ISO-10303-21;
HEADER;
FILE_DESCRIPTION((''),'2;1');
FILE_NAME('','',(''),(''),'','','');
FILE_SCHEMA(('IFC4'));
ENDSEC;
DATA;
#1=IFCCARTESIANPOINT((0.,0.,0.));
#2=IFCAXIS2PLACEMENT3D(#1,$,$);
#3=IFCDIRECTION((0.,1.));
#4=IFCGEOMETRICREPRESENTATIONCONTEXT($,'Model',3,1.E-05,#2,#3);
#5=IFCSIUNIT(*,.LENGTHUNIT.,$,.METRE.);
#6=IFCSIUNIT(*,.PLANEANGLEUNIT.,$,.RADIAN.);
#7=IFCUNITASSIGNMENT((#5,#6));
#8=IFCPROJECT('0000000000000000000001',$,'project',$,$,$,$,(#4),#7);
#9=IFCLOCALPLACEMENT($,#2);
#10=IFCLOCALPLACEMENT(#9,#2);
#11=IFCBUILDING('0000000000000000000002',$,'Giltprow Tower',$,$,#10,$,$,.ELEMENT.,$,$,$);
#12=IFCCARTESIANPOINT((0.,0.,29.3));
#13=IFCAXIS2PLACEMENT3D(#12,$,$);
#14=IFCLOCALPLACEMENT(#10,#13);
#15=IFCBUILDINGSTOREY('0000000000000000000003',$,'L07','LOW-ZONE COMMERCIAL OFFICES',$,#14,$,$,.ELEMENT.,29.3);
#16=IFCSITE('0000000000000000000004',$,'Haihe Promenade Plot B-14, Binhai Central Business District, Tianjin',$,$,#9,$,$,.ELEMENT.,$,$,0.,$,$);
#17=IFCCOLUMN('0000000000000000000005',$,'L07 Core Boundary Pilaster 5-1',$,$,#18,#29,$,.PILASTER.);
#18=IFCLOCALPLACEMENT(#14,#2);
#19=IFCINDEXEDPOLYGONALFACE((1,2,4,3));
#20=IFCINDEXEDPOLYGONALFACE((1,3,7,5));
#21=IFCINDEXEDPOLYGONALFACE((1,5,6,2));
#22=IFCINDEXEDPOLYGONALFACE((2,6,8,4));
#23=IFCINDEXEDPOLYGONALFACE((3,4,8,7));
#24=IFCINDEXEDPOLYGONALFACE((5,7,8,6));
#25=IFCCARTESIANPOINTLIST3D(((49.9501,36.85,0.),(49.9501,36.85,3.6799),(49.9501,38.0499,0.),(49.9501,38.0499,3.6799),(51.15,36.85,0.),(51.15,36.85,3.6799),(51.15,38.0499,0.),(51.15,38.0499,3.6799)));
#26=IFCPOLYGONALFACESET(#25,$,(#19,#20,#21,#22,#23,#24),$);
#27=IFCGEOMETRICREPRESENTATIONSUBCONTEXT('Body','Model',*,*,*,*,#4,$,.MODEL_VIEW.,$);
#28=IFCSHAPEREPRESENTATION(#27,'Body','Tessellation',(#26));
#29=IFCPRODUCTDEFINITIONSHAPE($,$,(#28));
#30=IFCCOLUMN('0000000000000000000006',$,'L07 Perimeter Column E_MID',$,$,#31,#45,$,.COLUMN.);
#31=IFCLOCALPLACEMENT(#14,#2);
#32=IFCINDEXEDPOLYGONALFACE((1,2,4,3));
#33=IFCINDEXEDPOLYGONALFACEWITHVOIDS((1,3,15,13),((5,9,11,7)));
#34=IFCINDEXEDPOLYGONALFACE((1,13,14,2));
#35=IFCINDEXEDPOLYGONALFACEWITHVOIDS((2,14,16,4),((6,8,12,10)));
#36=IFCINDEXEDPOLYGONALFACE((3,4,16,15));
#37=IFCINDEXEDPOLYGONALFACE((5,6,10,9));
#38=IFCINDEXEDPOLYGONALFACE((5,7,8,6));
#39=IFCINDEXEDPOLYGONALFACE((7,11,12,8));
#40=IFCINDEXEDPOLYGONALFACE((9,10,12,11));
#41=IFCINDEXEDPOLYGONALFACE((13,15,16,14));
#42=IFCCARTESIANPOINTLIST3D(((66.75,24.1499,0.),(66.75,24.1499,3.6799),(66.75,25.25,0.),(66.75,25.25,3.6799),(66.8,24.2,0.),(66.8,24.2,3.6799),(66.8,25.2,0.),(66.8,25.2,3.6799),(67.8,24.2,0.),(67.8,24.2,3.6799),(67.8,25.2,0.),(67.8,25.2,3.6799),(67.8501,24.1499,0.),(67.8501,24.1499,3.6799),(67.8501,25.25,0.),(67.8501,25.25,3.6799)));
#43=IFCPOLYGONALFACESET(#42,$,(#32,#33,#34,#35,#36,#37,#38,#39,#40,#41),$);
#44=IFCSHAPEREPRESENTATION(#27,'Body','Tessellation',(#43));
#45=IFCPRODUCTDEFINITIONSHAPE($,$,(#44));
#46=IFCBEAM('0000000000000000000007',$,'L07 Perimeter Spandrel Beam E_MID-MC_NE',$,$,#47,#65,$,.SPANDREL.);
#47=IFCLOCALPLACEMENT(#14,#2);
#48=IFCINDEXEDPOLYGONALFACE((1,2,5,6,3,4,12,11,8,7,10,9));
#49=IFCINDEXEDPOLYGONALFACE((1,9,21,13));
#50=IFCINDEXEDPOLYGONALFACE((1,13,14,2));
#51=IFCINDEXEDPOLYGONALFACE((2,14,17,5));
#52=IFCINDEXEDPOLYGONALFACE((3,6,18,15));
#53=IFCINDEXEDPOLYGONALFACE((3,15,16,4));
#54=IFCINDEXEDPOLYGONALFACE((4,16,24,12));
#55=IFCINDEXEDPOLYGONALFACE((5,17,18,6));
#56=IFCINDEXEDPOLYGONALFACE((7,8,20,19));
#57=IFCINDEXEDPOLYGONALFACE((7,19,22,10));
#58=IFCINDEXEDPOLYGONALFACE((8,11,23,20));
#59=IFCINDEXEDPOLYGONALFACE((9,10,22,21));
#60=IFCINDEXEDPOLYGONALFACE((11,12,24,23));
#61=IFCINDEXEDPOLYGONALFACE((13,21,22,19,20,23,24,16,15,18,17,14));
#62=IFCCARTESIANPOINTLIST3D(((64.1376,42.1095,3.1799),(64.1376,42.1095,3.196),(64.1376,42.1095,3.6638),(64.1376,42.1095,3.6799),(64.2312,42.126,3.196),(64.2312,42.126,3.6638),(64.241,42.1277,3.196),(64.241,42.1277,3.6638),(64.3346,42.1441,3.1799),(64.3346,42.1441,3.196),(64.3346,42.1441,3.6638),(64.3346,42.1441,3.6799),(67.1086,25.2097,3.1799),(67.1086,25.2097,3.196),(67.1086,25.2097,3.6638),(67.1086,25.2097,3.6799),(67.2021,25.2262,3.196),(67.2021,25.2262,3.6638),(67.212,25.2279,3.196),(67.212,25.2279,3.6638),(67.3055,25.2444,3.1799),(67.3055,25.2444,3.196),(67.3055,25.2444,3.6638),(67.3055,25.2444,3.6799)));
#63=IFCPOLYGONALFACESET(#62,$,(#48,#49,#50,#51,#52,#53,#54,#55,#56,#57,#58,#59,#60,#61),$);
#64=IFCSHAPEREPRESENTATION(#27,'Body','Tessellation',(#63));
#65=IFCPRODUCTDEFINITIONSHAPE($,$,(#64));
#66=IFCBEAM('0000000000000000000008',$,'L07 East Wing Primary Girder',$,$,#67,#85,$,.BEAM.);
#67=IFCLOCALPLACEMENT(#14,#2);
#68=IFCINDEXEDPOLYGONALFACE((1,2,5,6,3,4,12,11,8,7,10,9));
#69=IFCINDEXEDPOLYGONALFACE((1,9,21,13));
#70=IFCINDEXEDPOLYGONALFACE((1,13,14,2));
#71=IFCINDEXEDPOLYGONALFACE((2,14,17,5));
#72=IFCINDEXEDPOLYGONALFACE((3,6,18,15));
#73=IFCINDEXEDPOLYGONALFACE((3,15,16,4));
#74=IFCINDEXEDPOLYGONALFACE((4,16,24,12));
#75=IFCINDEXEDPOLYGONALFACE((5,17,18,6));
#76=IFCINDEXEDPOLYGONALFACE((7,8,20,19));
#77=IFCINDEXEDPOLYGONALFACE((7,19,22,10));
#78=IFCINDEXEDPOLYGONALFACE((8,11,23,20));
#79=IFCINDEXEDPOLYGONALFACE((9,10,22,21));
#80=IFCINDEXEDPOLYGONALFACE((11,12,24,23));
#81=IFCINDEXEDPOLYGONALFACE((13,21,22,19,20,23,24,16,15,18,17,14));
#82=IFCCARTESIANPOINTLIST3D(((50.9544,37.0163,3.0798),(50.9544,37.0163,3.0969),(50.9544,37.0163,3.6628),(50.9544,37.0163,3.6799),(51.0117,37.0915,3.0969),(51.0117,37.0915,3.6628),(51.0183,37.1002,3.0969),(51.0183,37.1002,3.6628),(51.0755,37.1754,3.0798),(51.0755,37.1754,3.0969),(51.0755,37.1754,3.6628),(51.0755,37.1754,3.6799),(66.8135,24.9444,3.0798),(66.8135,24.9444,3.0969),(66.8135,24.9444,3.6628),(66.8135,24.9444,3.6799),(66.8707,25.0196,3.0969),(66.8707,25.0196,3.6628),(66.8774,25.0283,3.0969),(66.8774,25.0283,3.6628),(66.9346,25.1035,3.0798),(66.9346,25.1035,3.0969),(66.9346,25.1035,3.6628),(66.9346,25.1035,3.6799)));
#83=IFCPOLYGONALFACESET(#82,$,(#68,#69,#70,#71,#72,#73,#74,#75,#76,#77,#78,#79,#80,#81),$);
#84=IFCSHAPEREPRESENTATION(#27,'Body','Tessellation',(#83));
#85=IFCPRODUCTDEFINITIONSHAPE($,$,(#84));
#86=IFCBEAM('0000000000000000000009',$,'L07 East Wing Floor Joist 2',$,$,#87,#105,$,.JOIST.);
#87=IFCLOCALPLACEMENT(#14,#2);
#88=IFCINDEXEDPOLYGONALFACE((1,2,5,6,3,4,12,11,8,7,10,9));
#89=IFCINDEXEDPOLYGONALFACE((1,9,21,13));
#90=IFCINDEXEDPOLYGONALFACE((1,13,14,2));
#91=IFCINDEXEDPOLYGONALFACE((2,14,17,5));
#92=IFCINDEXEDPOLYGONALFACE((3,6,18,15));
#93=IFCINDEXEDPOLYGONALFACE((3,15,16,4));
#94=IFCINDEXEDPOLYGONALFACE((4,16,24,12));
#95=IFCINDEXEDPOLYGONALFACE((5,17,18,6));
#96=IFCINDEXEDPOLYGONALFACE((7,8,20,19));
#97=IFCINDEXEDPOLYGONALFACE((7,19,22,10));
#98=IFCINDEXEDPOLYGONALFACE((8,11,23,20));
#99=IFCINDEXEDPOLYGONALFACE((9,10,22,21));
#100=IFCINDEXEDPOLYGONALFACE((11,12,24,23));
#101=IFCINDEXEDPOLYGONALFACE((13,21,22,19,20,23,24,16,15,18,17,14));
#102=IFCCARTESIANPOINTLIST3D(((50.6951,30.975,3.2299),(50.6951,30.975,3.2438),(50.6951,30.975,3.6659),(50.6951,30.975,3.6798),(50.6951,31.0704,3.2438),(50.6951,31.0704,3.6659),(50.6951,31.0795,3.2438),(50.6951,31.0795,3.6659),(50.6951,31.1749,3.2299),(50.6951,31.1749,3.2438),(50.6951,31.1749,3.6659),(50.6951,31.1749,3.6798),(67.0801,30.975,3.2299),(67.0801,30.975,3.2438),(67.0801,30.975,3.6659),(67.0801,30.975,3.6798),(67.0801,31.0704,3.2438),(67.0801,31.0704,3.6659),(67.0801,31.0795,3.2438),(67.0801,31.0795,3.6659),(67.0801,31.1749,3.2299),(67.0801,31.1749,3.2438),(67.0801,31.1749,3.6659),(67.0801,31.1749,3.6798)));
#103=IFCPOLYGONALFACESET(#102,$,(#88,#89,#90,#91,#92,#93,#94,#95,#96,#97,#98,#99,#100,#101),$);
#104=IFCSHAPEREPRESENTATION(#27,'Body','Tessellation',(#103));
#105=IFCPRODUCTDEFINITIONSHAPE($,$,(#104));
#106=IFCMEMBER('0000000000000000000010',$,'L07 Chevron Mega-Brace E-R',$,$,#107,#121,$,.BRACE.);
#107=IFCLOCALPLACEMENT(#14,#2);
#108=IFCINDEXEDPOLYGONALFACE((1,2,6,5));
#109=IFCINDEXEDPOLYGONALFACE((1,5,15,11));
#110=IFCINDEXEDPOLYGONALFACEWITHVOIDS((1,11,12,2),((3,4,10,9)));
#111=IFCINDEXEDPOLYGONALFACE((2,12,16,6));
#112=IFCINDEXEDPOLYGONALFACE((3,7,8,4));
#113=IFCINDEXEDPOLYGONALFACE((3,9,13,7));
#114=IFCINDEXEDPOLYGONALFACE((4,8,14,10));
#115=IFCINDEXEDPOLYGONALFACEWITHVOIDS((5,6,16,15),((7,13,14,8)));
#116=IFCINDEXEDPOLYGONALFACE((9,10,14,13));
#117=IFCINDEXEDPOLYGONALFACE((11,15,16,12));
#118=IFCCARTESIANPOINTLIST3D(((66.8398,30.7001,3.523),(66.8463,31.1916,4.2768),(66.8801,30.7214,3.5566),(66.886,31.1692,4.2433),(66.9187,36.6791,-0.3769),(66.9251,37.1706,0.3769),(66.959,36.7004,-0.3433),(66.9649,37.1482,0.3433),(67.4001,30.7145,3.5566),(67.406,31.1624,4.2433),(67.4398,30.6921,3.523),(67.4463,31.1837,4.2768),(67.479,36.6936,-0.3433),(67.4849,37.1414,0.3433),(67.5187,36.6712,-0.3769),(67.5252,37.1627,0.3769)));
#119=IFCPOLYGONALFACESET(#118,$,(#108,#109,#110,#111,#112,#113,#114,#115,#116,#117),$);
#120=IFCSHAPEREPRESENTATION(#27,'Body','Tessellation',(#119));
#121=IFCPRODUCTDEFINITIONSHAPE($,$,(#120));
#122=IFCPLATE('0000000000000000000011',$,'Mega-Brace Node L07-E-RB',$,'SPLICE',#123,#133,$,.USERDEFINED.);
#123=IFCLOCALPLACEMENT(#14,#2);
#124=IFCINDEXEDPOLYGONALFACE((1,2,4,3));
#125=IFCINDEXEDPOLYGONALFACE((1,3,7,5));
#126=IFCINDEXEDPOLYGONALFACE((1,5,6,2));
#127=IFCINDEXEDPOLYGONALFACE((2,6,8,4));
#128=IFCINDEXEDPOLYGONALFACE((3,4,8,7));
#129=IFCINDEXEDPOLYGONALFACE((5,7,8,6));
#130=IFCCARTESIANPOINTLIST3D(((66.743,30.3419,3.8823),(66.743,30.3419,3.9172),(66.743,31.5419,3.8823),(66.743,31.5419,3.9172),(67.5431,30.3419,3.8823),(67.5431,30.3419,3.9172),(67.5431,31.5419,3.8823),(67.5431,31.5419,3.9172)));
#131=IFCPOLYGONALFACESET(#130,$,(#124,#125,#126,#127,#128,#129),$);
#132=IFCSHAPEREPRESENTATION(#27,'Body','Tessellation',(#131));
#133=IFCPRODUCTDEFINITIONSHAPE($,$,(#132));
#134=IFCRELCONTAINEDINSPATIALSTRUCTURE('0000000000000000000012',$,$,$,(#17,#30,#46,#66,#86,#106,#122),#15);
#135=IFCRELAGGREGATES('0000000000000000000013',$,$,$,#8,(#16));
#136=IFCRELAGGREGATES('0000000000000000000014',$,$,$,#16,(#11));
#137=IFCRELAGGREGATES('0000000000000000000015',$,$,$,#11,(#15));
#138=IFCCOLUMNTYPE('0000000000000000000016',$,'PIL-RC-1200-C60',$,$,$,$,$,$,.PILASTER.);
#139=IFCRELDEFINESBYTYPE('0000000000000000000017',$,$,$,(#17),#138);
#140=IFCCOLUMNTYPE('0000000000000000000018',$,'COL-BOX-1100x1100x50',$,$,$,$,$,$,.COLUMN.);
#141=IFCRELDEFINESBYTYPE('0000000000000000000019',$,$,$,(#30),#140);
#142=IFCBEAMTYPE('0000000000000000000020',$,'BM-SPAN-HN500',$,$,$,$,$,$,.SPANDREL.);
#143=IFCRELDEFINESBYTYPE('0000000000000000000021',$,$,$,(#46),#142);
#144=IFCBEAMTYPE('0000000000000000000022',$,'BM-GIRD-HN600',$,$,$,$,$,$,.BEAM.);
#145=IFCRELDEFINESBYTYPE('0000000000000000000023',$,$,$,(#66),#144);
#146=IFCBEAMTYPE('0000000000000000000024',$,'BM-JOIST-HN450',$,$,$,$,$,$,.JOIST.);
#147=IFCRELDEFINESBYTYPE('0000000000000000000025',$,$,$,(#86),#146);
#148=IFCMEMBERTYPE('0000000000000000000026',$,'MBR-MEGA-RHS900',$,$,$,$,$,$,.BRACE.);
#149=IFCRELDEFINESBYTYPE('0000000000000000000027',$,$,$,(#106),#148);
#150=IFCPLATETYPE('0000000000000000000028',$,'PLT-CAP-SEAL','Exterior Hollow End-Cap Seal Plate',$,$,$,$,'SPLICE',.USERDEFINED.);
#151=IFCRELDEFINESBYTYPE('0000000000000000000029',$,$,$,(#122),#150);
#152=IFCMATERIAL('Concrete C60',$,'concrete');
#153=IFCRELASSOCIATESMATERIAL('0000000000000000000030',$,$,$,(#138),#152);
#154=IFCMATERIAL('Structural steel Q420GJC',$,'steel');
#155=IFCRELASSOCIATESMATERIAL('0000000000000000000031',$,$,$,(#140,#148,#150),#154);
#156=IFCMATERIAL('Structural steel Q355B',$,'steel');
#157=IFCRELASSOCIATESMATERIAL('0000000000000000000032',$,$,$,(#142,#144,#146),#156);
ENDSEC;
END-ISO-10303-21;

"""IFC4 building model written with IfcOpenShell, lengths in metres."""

from ifc_helpers import new_model, si_unit, direction, frame, origin, origin_2d, place, context, subcontext, project, spatial, rectangle, hollow_rectangle, i_section, extrude, source, transform, mapped, material, material_profile, profile_set, type_object, element, save


model = new_model("IFC4")

# Units and contexts
model_context = context("Model", 3, precision=1e-05, world=origin(), true_north=direction((0.0, 1.0)))
body_context = subcontext(model_context, "Body", "Model", "MODEL_VIEW")
ifc_project = project(units=[si_unit("LENGTHUNIT", "METRE"), si_unit("PLANEANGLEUNIT", "RADIAN")], contexts=[model_context])

# Site, building, storey
site_placement = place(None, origin())
site = spatial("IfcSite", under=ifc_project, at=site_placement, Name="Haihe Promenade Plot B-14, Binhai Central Business District, Tianjin", CompositionType="ELEMENT", RefElevation=0.0)
building_placement = place(site_placement, origin())
building = spatial("IfcBuilding", under=site, at=building_placement, Name="Giltprow Tower", CompositionType="ELEMENT")
storey_placement = place(building_placement, frame((0.0, 0.0, 29.3)))
storey = spatial("IfcBuildingStorey", under=building, at=storey_placement, Name="L07", Description="LOW-ZONE COMMERCIAL OFFICES", CompositionType="ELEMENT", Elevation=29.3)

# Columns
ifc_material_1 = material(Name="Concrete C60", Category="concrete")
ifc_material_profile_1 = material_profile(ifc_material_1, rectangle(XDim=1.2, YDim=1.2, at=origin_2d()), Name="RC 1200x1200")
ifc_profile_set_1 = profile_set([ifc_material_profile_1], Name="Concrete C60")
column_type_1 = type_object("IfcColumnType", Name="PIL-RC-1200-C60", PredefinedType="PILASTER", material=ifc_profile_set_1)
shared_shape_1 = source(origin(), body_context, "Body", "SweptSolid", [
    extrude(rectangle(XDim=1.2, YDim=1.2, at=origin_2d()), origin(), (0.0, 0.0, 1.0), 3.6799),
])
column_1_placement = place(storey_placement, frame((50.55, 37.45, 0.0), z_axis=(0.0, 0.0, 1.0), x_axis=(1.0, 0.0, 0.0)))
element("IfcColumn", 1, at=column_1_placement, inside=storey, type_object=column_type_1, Name="L07 Core Boundary Pilaster 5-1", PredefinedType="PILASTER", context=body_context, shape_type="MappedRepresentation", body=[
    mapped(shared_shape_1, transform((0.0, 0.0, 0.0), x_axis=(1.0, 0.0, 0.0), y_axis=(0.0, 1.0, 0.0), z_axis=(0.0, 0.0, 1.0), scale=1.0)),
])
ifc_material_2 = material(Name="Structural steel Q420GJC", Category="steel")
ifc_material_profile_2 = material_profile(ifc_material_2, hollow_rectangle(XDim=1.1001, YDim=1.1001, WallThickness=0.05, at=origin_2d()), Name="BOX 1100x1100x50")
ifc_profile_set_2 = profile_set([ifc_material_profile_2], Name="Structural steel Q420GJC")
column_type_2 = type_object("IfcColumnType", Name="COL-BOX-1100x1100x50", PredefinedType="COLUMN", material=ifc_profile_set_2)
shared_shape_2 = source(origin(), body_context, "Body", "SweptSolid", [
    extrude(hollow_rectangle(XDim=1.1001, YDim=1.1001, WallThickness=0.05, at=origin_2d()), origin(), (0.0, 0.0, 1.0), 3.6799),
])
column_2_placement = place(storey_placement, frame((67.3, 24.7, 0.0), z_axis=(0.0, 0.0, 1.0), x_axis=(1.0, 0.0, 0.0)))
element("IfcColumn", 2, at=column_2_placement, inside=storey, type_object=column_type_2, Name="L07 Perimeter Column E_MID", PredefinedType="COLUMN", context=body_context, shape_type="MappedRepresentation", body=[
    mapped(shared_shape_2, transform((0.0, 0.0, 0.0), x_axis=(1.0, 0.0, 0.0), y_axis=(0.0, 1.0, 0.0), z_axis=(0.0, 0.0, 1.0), scale=1.0)),
])

# Beams
ifc_material_3 = material(Name="Structural steel Q355B", Category="steel")
ifc_material_profile_3 = material_profile(ifc_material_3, i_section(OverallWidth=0.2, OverallDepth=0.5, WebThickness=0.01, FlangeThickness=0.0161, at=origin_2d()), Name="HN 500x200x10x16")
ifc_profile_set_3 = profile_set([ifc_material_profile_3], Name="Structural steel Q355B")
beam_type_1 = type_object("IfcBeamType", Name="BM-SPAN-HN500", PredefinedType="SPANDREL", material=ifc_profile_set_3)
shared_shape_3 = source(origin(), body_context, "Body", "SweptSolid", [
    extrude(i_section(OverallWidth=0.2, OverallDepth=0.5, WebThickness=0.01, FlangeThickness=0.0161, at=origin_2d()), origin(), (0.0, 0.0, 1.0), 17.1589),
])
beam_1_placement = place(storey_placement, frame((67.207, 25.2271, 3.4299), z_axis=(-0.173142, 0.984897, 0.0), x_axis=(-0.984897, -0.173142, 0.0)))
element("IfcBeam", 3, at=beam_1_placement, inside=storey, type_object=beam_type_1, Name="L07 Perimeter Spandrel Beam E_MID-MC_NE", PredefinedType="SPANDREL", context=body_context, shape_type="MappedRepresentation", body=[
    mapped(shared_shape_3, transform((0.0, 0.0, 0.0), x_axis=(1.0, 0.0, 0.0), y_axis=(0.0, 1.0, 0.0), z_axis=(0.0, 0.0, 1.0), scale=1.0)),
])
ifc_material_profile_4 = material_profile(ifc_material_3, i_section(OverallWidth=0.2, OverallDepth=0.6001, WebThickness=0.011, FlangeThickness=0.0171, at=origin_2d()), Name="HN 600x200x11x17")
ifc_profile_set_4 = profile_set([ifc_material_profile_4], Name="Structural steel Q355B")
beam_type_2 = type_object("IfcBeamType", Name="BM-GIRD-HN600", PredefinedType="BEAM", material=ifc_profile_set_4)
shared_shape_4 = source(origin(), body_context, "Body", "SweptSolid", [
    extrude(i_section(OverallWidth=0.2, OverallDepth=0.6001, WebThickness=0.011, FlangeThickness=0.0171, at=origin_2d()), origin(), (0.0, 0.0, 1.0), 19.9309),
])
beam_2_placement = place(storey_placement, frame((66.874, 25.0239, 3.3799), z_axis=(-0.795701, 0.60569, 0.0), x_axis=(-0.60569, -0.795701, 0.0)))
element("IfcBeam", 4, at=beam_2_placement, inside=storey, type_object=beam_type_2, Name="L07 East Wing Primary Girder", PredefinedType="BEAM", context=body_context, shape_type="MappedRepresentation", body=[
    mapped(shared_shape_4, transform((0.0, 0.0, 0.0), x_axis=(1.0, 0.0, 0.0), y_axis=(0.0, 1.0, 0.0), z_axis=(0.0, 0.0, 1.0), scale=1.0)),
])
ifc_material_profile_5 = material_profile(ifc_material_3, i_section(OverallWidth=0.2, OverallDepth=0.45, WebThickness=0.009, FlangeThickness=0.0139, at=origin_2d()), Name="HN 450x200x9x14")
ifc_profile_set_5 = profile_set([ifc_material_profile_5], Name="Structural steel Q355B")
beam_type_3 = type_object("IfcBeamType", Name="BM-JOIST-HN450", PredefinedType="JOIST", material=ifc_profile_set_5)
shared_shape_5 = source(origin(), body_context, "Body", "SweptSolid", [
    extrude(i_section(OverallWidth=0.2, OverallDepth=0.45, WebThickness=0.009, FlangeThickness=0.0139, at=origin_2d()), origin(), (0.0, 0.0, 1.0), 16.385),
])
beam_3_placement = place(storey_placement, frame((50.6951, 31.075, 3.4548), z_axis=(1.0, 0.0, 0.0), x_axis=(0.0, 1.0, 0.0)))
element("IfcBeam", 5, at=beam_3_placement, inside=storey, type_object=beam_type_3, Name="L07 East Wing Floor Joist 2", PredefinedType="JOIST", context=body_context, shape_type="MappedRepresentation", body=[
    mapped(shared_shape_5, transform((0.0, 0.0, 0.0), x_axis=(1.0, 0.0, 0.0), y_axis=(0.0, 1.0, 0.0), z_axis=(0.0, 0.0, 1.0), scale=1.0)),
])

# Member
ifc_material_profile_6 = material_profile(ifc_material_2, hollow_rectangle(XDim=0.6001, YDim=0.8999, WallThickness=0.04, at=origin_2d()), Name="RHS 900x600x40")
ifc_profile_set_6 = profile_set([ifc_material_profile_6], Name="Structural steel Q420GJC")
member_type = type_object("IfcMemberType", Name="MBR-MEGA-RHS900", PredefinedType="BRACE", material=ifc_profile_set_6)
shared_shape_6 = source(origin(), body_context, "Body", "SweptSolid", [
    extrude(hollow_rectangle(XDim=0.6001, YDim=0.8999, WallThickness=0.04, at=origin_2d()), origin(), (0.0, 0.0, 1.0), 7.1389),
])
member_placement = place(storey_placement, frame((67.2219, 36.9209, 0.0), z_axis=(-0.011046, -0.837524, 0.546289), x_axis=(0.999913, -0.013188, 0.0)))
element("IfcMember", 6, at=member_placement, inside=storey, type_object=member_type, Name="L07 Chevron Mega-Brace E-R", PredefinedType="BRACE", context=body_context, shape_type="MappedRepresentation", body=[
    mapped(shared_shape_6, transform((0.0, 0.0, 0.0), x_axis=(1.0, 0.0, 0.0), y_axis=(0.0, 1.0, 0.0), z_axis=(0.0, 0.0, 1.0), scale=1.0)),
])

# Plate
plate_type = type_object("IfcPlateType", Name="PLT-CAP-SEAL", Description="Exterior Hollow End-Cap Seal Plate", ElementType="SPLICE", PredefinedType="USERDEFINED", material=ifc_material_2)
shared_shape_7 = source(origin(), body_context, "Body", "SweptSolid", [
    extrude(rectangle(XDim=1.2, YDim=0.8, at=origin_2d()), origin(), (0.0, 0.0, 1.0), 0.0349),
])
plate_placement = place(storey_placement, frame((67.1431, 30.9419, 3.8823), z_axis=(0.0, 0.0, 1.0), x_axis=(0.0, 1.0, 0.0)))
element("IfcPlate", 7, at=plate_placement, inside=storey, type_object=plate_type, Name="Mega-Brace Node L07-E-RB", ObjectType="SPLICE", PredefinedType="USERDEFINED", context=body_context, shape_type="MappedRepresentation", body=[
    mapped(shared_shape_7, transform((0.0, 0.0, 0.0), x_axis=(1.0, 0.0, 0.0), y_axis=(0.0, 1.0, 0.0), z_axis=(0.0, 0.0, 1.0), scale=1.0)),
])

save(model, "model.ifc")
